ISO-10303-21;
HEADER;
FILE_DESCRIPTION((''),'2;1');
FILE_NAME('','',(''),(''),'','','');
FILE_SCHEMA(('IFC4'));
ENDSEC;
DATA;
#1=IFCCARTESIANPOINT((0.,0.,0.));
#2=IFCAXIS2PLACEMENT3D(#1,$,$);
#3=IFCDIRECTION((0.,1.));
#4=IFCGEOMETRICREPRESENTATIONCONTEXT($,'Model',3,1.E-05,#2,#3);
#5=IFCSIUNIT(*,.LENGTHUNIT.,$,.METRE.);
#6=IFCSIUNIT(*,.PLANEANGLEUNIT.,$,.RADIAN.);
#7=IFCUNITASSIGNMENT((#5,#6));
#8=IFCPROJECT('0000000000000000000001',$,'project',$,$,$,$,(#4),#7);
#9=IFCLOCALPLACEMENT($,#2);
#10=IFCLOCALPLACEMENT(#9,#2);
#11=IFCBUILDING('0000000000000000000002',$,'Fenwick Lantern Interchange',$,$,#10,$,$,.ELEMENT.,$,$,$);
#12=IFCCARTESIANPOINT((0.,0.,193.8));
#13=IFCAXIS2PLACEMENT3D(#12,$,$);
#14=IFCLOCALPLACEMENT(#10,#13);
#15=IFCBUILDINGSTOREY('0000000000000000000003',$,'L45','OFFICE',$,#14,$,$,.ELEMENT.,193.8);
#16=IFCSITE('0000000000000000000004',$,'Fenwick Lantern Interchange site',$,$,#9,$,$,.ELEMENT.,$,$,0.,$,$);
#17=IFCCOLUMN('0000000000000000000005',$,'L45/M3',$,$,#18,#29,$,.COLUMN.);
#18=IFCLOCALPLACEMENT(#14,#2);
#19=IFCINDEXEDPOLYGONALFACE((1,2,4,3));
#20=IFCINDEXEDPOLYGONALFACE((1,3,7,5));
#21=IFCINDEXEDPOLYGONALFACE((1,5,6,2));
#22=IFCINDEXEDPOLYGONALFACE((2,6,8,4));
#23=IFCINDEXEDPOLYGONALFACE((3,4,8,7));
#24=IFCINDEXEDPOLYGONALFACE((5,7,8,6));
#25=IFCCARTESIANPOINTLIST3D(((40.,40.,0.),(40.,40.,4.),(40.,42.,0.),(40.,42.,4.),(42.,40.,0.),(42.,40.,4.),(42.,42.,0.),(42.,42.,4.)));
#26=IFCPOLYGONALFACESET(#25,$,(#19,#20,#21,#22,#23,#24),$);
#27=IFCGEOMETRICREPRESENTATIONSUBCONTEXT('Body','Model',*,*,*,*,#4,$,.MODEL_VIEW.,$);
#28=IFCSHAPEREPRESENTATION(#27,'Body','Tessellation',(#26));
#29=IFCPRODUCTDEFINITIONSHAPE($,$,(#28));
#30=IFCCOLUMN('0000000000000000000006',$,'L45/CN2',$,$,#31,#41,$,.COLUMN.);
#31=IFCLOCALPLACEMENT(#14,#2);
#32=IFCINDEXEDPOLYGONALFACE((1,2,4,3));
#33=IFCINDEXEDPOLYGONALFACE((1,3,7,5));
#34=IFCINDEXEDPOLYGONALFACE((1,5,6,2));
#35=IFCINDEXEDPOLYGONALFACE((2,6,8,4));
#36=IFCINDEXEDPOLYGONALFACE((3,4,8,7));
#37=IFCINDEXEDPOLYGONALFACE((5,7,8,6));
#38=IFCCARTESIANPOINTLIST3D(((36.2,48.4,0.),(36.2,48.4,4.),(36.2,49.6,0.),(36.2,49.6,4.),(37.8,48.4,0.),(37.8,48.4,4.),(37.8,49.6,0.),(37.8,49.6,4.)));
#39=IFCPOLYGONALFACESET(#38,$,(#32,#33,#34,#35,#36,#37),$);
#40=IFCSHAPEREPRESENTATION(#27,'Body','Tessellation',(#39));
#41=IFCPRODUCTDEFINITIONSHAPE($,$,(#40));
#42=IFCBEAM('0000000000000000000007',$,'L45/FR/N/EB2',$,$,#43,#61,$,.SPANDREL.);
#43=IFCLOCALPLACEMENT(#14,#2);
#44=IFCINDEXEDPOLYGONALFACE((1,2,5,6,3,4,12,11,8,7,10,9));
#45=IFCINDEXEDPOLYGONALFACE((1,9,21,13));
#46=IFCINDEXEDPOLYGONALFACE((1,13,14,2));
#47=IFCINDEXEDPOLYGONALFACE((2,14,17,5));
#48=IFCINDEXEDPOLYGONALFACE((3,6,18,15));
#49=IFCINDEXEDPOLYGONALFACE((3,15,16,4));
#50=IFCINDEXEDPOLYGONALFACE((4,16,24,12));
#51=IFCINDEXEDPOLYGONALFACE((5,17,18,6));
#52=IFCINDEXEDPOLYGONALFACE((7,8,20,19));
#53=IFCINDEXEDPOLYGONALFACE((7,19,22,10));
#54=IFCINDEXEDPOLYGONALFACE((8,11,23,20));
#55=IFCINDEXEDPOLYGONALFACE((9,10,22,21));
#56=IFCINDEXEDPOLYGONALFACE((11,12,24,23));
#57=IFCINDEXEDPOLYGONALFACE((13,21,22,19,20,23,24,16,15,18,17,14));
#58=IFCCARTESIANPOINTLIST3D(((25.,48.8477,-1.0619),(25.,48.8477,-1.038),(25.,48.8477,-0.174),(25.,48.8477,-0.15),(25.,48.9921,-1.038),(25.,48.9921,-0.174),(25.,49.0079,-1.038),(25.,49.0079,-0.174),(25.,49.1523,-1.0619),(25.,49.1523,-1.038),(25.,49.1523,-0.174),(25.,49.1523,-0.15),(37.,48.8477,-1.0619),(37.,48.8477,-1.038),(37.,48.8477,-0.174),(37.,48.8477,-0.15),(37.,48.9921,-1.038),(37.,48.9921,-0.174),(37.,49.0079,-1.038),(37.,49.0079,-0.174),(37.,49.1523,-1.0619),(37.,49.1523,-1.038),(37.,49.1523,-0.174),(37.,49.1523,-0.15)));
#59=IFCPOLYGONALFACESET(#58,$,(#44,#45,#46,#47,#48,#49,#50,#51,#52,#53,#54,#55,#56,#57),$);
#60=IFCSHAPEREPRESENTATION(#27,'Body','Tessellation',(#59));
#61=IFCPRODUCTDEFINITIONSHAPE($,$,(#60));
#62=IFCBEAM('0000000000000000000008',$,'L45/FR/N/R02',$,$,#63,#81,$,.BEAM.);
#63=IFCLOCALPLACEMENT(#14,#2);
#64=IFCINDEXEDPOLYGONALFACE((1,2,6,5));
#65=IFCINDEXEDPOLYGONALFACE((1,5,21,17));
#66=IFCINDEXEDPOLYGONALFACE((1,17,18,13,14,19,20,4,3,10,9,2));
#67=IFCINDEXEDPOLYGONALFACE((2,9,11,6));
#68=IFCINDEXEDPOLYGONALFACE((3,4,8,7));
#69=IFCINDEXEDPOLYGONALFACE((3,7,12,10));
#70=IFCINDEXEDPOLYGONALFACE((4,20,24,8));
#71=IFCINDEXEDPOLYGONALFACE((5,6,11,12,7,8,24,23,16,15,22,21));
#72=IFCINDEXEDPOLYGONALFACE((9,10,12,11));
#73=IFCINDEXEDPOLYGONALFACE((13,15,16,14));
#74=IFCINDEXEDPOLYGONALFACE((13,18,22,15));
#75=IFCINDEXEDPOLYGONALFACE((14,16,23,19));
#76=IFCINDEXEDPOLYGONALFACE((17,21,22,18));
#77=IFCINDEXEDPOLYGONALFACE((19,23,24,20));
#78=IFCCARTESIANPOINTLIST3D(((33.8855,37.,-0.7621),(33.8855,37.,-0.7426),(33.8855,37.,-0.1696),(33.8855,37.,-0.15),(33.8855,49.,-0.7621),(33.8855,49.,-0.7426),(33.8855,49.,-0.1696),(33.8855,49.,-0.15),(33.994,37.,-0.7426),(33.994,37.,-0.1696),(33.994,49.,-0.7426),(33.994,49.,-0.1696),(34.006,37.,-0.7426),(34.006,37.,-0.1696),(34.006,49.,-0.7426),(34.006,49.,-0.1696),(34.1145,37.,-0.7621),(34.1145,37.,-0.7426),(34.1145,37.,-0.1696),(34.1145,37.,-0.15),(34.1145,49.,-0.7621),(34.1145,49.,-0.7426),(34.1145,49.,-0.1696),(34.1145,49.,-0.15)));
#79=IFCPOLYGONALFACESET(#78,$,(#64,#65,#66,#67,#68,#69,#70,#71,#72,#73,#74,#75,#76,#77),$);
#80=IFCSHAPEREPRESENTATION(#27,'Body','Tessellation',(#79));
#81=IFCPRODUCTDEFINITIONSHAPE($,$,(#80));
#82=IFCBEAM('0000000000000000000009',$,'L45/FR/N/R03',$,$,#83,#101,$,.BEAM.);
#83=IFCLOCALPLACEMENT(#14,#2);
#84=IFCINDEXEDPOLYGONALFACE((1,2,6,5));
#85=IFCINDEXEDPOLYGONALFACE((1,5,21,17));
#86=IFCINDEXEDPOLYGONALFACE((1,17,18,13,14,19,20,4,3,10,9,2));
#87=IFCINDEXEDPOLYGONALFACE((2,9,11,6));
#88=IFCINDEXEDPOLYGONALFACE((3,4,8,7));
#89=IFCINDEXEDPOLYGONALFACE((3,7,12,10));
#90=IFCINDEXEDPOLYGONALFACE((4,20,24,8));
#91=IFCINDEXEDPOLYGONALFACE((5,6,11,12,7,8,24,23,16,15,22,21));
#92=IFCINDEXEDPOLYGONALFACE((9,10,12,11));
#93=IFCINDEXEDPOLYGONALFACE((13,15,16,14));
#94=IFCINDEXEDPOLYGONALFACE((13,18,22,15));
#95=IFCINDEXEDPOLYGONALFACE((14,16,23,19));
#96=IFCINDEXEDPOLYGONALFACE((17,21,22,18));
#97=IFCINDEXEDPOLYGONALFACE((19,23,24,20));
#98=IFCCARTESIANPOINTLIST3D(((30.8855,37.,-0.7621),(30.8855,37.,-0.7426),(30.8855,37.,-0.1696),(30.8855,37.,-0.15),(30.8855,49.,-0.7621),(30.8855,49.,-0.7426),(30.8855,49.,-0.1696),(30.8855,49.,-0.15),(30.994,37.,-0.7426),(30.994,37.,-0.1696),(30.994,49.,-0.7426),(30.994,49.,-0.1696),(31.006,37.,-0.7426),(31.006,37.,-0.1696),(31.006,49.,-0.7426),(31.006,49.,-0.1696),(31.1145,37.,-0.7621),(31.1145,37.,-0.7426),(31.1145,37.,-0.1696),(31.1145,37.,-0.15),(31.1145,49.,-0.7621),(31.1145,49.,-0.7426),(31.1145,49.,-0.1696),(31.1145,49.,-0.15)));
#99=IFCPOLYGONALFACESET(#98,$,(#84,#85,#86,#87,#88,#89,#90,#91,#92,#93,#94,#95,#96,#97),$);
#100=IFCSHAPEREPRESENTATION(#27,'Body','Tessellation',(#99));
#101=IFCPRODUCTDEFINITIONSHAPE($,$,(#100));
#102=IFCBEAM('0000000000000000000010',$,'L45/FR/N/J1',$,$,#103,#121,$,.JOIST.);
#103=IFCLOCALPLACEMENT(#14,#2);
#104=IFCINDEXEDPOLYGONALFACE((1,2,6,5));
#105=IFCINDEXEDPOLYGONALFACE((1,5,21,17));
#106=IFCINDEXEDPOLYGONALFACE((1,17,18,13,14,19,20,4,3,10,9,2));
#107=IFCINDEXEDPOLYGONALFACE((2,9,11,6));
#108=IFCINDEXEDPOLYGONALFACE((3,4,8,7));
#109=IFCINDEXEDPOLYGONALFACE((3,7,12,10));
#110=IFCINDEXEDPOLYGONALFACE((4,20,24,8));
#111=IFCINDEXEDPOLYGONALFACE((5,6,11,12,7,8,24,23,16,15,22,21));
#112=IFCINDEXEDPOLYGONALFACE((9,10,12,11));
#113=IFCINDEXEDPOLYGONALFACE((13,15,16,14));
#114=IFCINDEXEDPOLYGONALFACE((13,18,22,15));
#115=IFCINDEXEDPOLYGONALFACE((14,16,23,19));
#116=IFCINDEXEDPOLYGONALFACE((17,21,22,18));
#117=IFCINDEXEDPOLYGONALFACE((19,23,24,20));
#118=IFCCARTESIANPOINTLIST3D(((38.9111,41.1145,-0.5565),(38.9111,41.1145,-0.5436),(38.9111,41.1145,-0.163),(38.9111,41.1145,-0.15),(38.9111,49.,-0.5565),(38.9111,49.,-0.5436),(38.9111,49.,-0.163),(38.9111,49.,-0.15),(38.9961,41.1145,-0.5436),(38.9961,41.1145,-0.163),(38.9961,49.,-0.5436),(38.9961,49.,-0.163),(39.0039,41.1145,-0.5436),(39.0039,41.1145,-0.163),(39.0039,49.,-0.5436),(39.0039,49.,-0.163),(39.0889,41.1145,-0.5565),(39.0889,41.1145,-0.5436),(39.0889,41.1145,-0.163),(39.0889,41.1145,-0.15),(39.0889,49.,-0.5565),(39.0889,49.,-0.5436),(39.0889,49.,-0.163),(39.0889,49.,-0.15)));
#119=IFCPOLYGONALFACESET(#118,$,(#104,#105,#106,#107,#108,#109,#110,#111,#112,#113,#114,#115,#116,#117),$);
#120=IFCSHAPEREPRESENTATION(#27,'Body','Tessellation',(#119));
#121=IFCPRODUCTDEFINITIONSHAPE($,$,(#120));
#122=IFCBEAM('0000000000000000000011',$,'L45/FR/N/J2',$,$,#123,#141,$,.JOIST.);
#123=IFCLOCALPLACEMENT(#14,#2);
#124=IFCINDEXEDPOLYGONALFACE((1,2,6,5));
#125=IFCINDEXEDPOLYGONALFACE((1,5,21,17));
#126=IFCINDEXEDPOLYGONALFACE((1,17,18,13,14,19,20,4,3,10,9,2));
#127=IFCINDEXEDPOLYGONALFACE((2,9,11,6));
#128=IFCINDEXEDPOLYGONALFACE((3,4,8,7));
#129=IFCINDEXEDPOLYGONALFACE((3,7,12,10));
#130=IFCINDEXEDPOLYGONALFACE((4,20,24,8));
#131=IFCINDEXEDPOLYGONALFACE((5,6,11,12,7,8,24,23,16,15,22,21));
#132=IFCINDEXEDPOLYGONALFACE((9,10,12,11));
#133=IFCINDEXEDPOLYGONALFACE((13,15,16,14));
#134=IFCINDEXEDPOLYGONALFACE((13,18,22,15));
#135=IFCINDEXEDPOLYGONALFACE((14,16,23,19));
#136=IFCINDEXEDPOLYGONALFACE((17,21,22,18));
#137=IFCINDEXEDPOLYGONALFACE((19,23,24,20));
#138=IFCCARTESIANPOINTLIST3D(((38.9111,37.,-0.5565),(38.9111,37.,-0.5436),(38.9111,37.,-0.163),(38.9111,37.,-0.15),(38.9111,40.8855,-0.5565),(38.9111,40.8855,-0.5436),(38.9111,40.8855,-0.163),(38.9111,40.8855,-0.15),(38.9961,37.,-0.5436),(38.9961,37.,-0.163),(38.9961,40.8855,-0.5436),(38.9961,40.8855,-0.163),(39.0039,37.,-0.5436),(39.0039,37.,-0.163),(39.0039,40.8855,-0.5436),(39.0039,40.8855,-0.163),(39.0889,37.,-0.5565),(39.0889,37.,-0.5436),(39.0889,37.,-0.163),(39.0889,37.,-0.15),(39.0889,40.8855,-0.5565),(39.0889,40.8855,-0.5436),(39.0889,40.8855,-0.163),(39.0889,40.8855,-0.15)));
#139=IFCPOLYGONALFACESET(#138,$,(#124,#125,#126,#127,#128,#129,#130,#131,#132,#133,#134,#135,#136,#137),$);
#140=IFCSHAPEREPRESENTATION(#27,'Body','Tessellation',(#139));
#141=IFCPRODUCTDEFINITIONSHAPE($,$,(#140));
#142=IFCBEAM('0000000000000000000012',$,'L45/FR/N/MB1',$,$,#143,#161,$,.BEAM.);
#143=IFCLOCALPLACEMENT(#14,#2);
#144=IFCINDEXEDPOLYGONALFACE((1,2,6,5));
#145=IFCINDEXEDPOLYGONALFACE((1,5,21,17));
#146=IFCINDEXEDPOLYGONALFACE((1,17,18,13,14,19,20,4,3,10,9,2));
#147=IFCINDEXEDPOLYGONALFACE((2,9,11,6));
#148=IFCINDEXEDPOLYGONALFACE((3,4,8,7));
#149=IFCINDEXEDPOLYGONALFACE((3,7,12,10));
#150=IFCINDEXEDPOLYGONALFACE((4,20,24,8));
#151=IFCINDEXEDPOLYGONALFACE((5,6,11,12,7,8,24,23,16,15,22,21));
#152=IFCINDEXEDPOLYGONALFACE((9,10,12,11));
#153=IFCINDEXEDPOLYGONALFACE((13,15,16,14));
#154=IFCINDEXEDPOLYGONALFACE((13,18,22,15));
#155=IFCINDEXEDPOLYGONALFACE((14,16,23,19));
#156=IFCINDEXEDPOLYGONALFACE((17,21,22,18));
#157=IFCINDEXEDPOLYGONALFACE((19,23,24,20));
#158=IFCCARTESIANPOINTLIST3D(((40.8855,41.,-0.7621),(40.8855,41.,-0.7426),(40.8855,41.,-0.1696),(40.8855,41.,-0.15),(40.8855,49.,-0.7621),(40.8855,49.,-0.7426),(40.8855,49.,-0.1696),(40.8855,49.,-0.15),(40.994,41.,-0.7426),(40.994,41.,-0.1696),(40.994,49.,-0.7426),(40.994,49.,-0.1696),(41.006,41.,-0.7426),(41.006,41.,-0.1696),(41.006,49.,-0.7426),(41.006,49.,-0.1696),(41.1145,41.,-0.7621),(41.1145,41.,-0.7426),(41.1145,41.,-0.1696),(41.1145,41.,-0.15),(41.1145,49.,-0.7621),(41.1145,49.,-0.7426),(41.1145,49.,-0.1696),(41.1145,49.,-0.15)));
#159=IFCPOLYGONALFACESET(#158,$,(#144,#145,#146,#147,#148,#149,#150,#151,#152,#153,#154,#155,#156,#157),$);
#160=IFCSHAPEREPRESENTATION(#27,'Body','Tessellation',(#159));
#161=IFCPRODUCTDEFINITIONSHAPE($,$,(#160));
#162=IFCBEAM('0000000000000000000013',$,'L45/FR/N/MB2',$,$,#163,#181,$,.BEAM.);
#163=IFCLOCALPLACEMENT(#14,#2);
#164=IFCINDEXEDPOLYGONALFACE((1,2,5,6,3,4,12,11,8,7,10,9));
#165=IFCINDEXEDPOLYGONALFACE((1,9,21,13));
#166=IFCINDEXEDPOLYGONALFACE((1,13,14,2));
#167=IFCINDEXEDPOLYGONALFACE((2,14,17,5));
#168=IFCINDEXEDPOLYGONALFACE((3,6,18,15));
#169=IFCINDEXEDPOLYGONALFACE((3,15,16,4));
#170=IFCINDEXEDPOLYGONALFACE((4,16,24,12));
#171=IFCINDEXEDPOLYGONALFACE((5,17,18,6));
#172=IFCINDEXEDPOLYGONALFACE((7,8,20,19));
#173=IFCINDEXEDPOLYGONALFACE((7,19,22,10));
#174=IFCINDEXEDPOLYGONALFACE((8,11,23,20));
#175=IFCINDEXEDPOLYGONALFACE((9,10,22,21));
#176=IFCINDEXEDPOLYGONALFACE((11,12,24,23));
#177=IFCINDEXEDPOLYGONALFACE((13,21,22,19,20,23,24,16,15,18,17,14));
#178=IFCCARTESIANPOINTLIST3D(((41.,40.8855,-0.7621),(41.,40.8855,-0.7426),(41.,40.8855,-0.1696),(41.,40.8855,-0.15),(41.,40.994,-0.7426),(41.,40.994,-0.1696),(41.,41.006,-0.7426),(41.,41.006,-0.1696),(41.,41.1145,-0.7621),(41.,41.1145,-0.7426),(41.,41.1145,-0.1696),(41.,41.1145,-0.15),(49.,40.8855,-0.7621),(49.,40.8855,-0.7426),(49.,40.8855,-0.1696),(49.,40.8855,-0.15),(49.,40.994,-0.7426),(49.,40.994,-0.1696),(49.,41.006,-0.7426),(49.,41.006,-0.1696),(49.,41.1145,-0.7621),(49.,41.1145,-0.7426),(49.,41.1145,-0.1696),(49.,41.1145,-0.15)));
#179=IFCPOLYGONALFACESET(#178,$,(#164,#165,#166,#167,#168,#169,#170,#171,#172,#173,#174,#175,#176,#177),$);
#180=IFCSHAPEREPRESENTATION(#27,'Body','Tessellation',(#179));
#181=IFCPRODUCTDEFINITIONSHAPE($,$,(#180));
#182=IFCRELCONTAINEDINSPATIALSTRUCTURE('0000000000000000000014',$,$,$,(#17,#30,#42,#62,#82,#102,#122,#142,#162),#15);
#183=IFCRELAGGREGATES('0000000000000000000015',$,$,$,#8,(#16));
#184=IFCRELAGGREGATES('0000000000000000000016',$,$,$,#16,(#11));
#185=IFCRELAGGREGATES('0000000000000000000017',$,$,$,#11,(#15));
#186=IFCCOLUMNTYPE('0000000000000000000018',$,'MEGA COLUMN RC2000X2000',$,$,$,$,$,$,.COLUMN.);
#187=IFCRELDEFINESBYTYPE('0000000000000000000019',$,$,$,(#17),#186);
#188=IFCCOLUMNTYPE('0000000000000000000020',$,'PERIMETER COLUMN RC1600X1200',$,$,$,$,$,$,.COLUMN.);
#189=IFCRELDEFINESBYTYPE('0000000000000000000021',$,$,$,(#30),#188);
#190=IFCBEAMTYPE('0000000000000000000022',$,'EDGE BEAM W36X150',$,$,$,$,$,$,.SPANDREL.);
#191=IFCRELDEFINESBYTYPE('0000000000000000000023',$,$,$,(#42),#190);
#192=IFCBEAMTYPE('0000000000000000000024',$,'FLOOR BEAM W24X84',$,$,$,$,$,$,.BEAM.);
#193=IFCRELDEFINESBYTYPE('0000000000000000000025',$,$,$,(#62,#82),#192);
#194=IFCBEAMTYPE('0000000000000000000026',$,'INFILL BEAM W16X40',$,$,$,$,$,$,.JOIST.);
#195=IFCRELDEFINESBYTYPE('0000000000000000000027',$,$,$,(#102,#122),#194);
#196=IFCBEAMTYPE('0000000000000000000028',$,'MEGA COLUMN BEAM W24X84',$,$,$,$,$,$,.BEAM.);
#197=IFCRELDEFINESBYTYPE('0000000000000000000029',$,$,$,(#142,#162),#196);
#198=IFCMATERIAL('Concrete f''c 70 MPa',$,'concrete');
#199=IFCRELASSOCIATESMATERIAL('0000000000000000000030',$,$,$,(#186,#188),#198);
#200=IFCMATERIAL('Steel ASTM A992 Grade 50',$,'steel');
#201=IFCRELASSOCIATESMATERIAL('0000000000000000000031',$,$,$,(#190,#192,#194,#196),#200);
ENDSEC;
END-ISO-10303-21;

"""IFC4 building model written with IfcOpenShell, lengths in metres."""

from ifc_helpers import new_model, si_unit, direction, frame, origin, origin_2d, place, context, subcontext, project, spatial, rectangle, i_section, extrude, material, material_profile, profile_set, type_object, element, save


model = new_model("IFC4")

# Units and contexts
model_context = context("Model", 3, precision=1e-05, world=origin(), true_north=direction((0.0, 1.0)))
body_context = subcontext(model_context, "Body", "Model", "MODEL_VIEW")
ifc_project = project(units=[si_unit("LENGTHUNIT", "METRE"), si_unit("PLANEANGLEUNIT", "RADIAN")], contexts=[model_context])

# Site, building, storey
site_placement = place(None, origin())
site = spatial("IfcSite", under=ifc_project, at=site_placement, Name="Fenwick Lantern Interchange site", CompositionType="ELEMENT", RefElevation=0.0)
building_placement = place(site_placement, origin())
building = spatial("IfcBuilding", under=site, at=building_placement, Name="Fenwick Lantern Interchange", CompositionType="ELEMENT")
storey_placement = place(building_placement, frame((0.0, 0.0, 193.8)))
storey = spatial("IfcBuildingStorey", under=building, at=storey_placement, Name="L45", Description="OFFICE", CompositionType="ELEMENT", Elevation=193.8)

# Columns
ifc_material_1 = material(Name="Concrete f'c 70 MPa", Category="concrete")
ifc_material_profile_1 = material_profile(ifc_material_1, rectangle(XDim=2.0, YDim=2.0, at=origin_2d()), Name="RC2000X2000")
ifc_profile_set_1 = profile_set([ifc_material_profile_1], Name="Concrete f'c 70 MPa")
column_type_1 = type_object("IfcColumnType", Name="MEGA COLUMN RC2000X2000", PredefinedType="COLUMN", material=ifc_profile_set_1)
column_1_placement = place(storey_placement, frame((41.0, 41.0, 0.0), z_axis=(0.0, 0.0, 1.0), x_axis=(1.0, 0.0, 0.0)))
element("IfcColumn", 1, at=column_1_placement, inside=storey, type_object=column_type_1, Name="L45/M3", PredefinedType="COLUMN", context=body_context, shape_type="SweptSolid", body=[
    extrude(rectangle(XDim=2.0, YDim=2.0, at=origin_2d()), origin(), (0.0, 0.0, 1.0), 4.0),
])
ifc_material_profile_2 = material_profile(ifc_material_1, rectangle(XDim=1.6001, YDim=1.2, at=origin_2d()), Name="RC1600X1200")
ifc_profile_set_2 = profile_set([ifc_material_profile_2], Name="Concrete f'c 70 MPa")
column_type_2 = type_object("IfcColumnType", Name="PERIMETER COLUMN RC1600X1200", PredefinedType="COLUMN", material=ifc_profile_set_2)
column_2_placement = place(storey_placement, frame((37.0, 49.0, 0.0), z_axis=(0.0, 0.0, 1.0), x_axis=(1.0, 0.0, 0.0)))
element("IfcColumn", 2, at=column_2_placement, inside=storey, type_object=column_type_2, Name="L45/CN2", PredefinedType="COLUMN", context=body_context, shape_type="SweptSolid", body=[
    extrude(rectangle(XDim=1.6001, YDim=1.2, at=origin_2d()), origin(), (0.0, 0.0, 1.0), 4.0),
])

# Beams
ifc_material_2 = material(Name="Steel ASTM A992 Grade 50", Category="steel")
ifc_material_profile_3 = material_profile(ifc_material_2, i_section(OverallWidth=0.3047, OverallDepth=0.9119, WebThickness=0.0159, FlangeThickness=0.0239, at=origin_2d()), Name="W36X150")
ifc_profile_set_3 = profile_set([ifc_material_profile_3], Name="Steel ASTM A992 Grade 50")
beam_type_1 = type_object("IfcBeamType", Name="EDGE BEAM W36X150", PredefinedType="SPANDREL", material=ifc_profile_set_3)
beam_1_placement = place(storey_placement, frame((37.0, 49.0, -0.606), z_axis=(-1.0, 0.0, 0.0), x_axis=(0.0, -1.0, 0.0)))
element("IfcBeam", 3, at=beam_1_placement, inside=storey, type_object=beam_type_1, Name="L45/FR/N/EB2", PredefinedType="SPANDREL", context=body_context, shape_type="SweptSolid", body=[
    extrude(i_section(OverallWidth=0.3047, OverallDepth=0.9119, WebThickness=0.0159, FlangeThickness=0.0239, at=origin_2d()), origin(), (0.0, 0.0, 1.0), 12.0),
])
ifc_material_profile_4 = material_profile(ifc_material_2, i_section(OverallWidth=0.229, OverallDepth=0.6121, WebThickness=0.012, FlangeThickness=0.0195, at=origin_2d()), Name="W24X84")
ifc_profile_set_4 = profile_set([ifc_material_profile_4], Name="Steel ASTM A992 Grade 50")
beam_type_2 = type_object("IfcBeamType", Name="FLOOR BEAM W24X84", PredefinedType="BEAM", material=ifc_profile_set_4)
for number, where, z_axis, x_axis, name in (
    (4, (34.0, 49.0, -0.4561), (0.0, -1.0, 0.0), (1.0, 0.0, 0.0), "L45/FR/N/R02"),
    (5, (31.0, 49.0, -0.4561), (0.0, -1.0, 0.0), (1.0, 0.0, 0.0), "L45/FR/N/R03"),
):
    element("IfcBeam", number, at=place(storey_placement, frame(where, z_axis=z_axis, x_axis=x_axis)), inside=storey, type_object=beam_type_2, Name=name, PredefinedType="BEAM", context=body_context, shape_type="SweptSolid", body=[
        extrude(i_section(OverallWidth=0.229, OverallDepth=0.6121, WebThickness=0.012, FlangeThickness=0.0195, at=origin_2d()), origin(), (0.0, 0.0, 1.0), 12.0),
    ])
ifc_material_profile_5 = material_profile(ifc_material_2, i_section(OverallWidth=0.1777, OverallDepth=0.4065, WebThickness=0.0078, FlangeThickness=0.0129, at=origin_2d()), Name="W16X40")
ifc_profile_set_5 = profile_set([ifc_material_profile_5], Name="Steel ASTM A992 Grade 50")
beam_type_3 = type_object("IfcBeamType", Name="INFILL BEAM W16X40", PredefinedType="JOIST", material=ifc_profile_set_5)
beam_2_placement = place(storey_placement, frame((39.0, 49.0, -0.3533), z_axis=(0.0, -1.0, 0.0), x_axis=(1.0, 0.0, 0.0)))
element("IfcBeam", 6, at=beam_2_placement, inside=storey, type_object=beam_type_3, Name="L45/FR/N/J1", PredefinedType="JOIST", context=body_context, shape_type="SweptSolid", body=[
    extrude(i_section(OverallWidth=0.1777, OverallDepth=0.4065, WebThickness=0.0078, FlangeThickness=0.0129, at=origin_2d()), origin(), (0.0, 0.0, 1.0), 7.8855),
])
beam_3_placement = place(storey_placement, frame((39.0, 40.8855, -0.3533), z_axis=(0.0, -1.0, 0.0), x_axis=(1.0, 0.0, 0.0)))
element("IfcBeam", 7, at=beam_3_placement, inside=storey, type_object=beam_type_3, Name="L45/FR/N/J2", PredefinedType="JOIST", context=body_context, shape_type="SweptSolid", body=[
    extrude(i_section(OverallWidth=0.1777, OverallDepth=0.4065, WebThickness=0.0078, FlangeThickness=0.0129, at=origin_2d()), origin(), (0.0, 0.0, 1.0), 3.8855),
])
ifc_material_profile_6 = material_profile(ifc_material_2, i_section(OverallWidth=0.229, OverallDepth=0.6121, WebThickness=0.012, FlangeThickness=0.0195, at=origin_2d()), Name="W24X84")
ifc_profile_set_6 = profile_set([ifc_material_profile_6], Name="Steel ASTM A992 Grade 50")
beam_type_4 = type_object("IfcBeamType", Name="MEGA COLUMN BEAM W24X84", PredefinedType="BEAM", material=ifc_profile_set_6)
for number, where, z_axis, x_axis, name in (
    (8, (41.0, 41.0, -0.4561), (0.0, 1.0, 0.0), (-1.0, 0.0, 0.0), "L45/FR/N/MB1"),
    (9, (41.0, 41.0, -0.4561), (1.0, 0.0, 0.0), (0.0, 1.0, 0.0), "L45/FR/N/MB2"),
):
    element("IfcBeam", number, at=place(storey_placement, frame(where, z_axis=z_axis, x_axis=x_axis)), inside=storey, type_object=beam_type_4, Name=name, PredefinedType="BEAM", context=body_context, shape_type="SweptSolid", body=[
        extrude(i_section(OverallWidth=0.229, OverallDepth=0.6121, WebThickness=0.012, FlangeThickness=0.0195, at=origin_2d()), origin(), (0.0, 0.0, 1.0), 8.0),
    ])

save(model, "model.ifc")
